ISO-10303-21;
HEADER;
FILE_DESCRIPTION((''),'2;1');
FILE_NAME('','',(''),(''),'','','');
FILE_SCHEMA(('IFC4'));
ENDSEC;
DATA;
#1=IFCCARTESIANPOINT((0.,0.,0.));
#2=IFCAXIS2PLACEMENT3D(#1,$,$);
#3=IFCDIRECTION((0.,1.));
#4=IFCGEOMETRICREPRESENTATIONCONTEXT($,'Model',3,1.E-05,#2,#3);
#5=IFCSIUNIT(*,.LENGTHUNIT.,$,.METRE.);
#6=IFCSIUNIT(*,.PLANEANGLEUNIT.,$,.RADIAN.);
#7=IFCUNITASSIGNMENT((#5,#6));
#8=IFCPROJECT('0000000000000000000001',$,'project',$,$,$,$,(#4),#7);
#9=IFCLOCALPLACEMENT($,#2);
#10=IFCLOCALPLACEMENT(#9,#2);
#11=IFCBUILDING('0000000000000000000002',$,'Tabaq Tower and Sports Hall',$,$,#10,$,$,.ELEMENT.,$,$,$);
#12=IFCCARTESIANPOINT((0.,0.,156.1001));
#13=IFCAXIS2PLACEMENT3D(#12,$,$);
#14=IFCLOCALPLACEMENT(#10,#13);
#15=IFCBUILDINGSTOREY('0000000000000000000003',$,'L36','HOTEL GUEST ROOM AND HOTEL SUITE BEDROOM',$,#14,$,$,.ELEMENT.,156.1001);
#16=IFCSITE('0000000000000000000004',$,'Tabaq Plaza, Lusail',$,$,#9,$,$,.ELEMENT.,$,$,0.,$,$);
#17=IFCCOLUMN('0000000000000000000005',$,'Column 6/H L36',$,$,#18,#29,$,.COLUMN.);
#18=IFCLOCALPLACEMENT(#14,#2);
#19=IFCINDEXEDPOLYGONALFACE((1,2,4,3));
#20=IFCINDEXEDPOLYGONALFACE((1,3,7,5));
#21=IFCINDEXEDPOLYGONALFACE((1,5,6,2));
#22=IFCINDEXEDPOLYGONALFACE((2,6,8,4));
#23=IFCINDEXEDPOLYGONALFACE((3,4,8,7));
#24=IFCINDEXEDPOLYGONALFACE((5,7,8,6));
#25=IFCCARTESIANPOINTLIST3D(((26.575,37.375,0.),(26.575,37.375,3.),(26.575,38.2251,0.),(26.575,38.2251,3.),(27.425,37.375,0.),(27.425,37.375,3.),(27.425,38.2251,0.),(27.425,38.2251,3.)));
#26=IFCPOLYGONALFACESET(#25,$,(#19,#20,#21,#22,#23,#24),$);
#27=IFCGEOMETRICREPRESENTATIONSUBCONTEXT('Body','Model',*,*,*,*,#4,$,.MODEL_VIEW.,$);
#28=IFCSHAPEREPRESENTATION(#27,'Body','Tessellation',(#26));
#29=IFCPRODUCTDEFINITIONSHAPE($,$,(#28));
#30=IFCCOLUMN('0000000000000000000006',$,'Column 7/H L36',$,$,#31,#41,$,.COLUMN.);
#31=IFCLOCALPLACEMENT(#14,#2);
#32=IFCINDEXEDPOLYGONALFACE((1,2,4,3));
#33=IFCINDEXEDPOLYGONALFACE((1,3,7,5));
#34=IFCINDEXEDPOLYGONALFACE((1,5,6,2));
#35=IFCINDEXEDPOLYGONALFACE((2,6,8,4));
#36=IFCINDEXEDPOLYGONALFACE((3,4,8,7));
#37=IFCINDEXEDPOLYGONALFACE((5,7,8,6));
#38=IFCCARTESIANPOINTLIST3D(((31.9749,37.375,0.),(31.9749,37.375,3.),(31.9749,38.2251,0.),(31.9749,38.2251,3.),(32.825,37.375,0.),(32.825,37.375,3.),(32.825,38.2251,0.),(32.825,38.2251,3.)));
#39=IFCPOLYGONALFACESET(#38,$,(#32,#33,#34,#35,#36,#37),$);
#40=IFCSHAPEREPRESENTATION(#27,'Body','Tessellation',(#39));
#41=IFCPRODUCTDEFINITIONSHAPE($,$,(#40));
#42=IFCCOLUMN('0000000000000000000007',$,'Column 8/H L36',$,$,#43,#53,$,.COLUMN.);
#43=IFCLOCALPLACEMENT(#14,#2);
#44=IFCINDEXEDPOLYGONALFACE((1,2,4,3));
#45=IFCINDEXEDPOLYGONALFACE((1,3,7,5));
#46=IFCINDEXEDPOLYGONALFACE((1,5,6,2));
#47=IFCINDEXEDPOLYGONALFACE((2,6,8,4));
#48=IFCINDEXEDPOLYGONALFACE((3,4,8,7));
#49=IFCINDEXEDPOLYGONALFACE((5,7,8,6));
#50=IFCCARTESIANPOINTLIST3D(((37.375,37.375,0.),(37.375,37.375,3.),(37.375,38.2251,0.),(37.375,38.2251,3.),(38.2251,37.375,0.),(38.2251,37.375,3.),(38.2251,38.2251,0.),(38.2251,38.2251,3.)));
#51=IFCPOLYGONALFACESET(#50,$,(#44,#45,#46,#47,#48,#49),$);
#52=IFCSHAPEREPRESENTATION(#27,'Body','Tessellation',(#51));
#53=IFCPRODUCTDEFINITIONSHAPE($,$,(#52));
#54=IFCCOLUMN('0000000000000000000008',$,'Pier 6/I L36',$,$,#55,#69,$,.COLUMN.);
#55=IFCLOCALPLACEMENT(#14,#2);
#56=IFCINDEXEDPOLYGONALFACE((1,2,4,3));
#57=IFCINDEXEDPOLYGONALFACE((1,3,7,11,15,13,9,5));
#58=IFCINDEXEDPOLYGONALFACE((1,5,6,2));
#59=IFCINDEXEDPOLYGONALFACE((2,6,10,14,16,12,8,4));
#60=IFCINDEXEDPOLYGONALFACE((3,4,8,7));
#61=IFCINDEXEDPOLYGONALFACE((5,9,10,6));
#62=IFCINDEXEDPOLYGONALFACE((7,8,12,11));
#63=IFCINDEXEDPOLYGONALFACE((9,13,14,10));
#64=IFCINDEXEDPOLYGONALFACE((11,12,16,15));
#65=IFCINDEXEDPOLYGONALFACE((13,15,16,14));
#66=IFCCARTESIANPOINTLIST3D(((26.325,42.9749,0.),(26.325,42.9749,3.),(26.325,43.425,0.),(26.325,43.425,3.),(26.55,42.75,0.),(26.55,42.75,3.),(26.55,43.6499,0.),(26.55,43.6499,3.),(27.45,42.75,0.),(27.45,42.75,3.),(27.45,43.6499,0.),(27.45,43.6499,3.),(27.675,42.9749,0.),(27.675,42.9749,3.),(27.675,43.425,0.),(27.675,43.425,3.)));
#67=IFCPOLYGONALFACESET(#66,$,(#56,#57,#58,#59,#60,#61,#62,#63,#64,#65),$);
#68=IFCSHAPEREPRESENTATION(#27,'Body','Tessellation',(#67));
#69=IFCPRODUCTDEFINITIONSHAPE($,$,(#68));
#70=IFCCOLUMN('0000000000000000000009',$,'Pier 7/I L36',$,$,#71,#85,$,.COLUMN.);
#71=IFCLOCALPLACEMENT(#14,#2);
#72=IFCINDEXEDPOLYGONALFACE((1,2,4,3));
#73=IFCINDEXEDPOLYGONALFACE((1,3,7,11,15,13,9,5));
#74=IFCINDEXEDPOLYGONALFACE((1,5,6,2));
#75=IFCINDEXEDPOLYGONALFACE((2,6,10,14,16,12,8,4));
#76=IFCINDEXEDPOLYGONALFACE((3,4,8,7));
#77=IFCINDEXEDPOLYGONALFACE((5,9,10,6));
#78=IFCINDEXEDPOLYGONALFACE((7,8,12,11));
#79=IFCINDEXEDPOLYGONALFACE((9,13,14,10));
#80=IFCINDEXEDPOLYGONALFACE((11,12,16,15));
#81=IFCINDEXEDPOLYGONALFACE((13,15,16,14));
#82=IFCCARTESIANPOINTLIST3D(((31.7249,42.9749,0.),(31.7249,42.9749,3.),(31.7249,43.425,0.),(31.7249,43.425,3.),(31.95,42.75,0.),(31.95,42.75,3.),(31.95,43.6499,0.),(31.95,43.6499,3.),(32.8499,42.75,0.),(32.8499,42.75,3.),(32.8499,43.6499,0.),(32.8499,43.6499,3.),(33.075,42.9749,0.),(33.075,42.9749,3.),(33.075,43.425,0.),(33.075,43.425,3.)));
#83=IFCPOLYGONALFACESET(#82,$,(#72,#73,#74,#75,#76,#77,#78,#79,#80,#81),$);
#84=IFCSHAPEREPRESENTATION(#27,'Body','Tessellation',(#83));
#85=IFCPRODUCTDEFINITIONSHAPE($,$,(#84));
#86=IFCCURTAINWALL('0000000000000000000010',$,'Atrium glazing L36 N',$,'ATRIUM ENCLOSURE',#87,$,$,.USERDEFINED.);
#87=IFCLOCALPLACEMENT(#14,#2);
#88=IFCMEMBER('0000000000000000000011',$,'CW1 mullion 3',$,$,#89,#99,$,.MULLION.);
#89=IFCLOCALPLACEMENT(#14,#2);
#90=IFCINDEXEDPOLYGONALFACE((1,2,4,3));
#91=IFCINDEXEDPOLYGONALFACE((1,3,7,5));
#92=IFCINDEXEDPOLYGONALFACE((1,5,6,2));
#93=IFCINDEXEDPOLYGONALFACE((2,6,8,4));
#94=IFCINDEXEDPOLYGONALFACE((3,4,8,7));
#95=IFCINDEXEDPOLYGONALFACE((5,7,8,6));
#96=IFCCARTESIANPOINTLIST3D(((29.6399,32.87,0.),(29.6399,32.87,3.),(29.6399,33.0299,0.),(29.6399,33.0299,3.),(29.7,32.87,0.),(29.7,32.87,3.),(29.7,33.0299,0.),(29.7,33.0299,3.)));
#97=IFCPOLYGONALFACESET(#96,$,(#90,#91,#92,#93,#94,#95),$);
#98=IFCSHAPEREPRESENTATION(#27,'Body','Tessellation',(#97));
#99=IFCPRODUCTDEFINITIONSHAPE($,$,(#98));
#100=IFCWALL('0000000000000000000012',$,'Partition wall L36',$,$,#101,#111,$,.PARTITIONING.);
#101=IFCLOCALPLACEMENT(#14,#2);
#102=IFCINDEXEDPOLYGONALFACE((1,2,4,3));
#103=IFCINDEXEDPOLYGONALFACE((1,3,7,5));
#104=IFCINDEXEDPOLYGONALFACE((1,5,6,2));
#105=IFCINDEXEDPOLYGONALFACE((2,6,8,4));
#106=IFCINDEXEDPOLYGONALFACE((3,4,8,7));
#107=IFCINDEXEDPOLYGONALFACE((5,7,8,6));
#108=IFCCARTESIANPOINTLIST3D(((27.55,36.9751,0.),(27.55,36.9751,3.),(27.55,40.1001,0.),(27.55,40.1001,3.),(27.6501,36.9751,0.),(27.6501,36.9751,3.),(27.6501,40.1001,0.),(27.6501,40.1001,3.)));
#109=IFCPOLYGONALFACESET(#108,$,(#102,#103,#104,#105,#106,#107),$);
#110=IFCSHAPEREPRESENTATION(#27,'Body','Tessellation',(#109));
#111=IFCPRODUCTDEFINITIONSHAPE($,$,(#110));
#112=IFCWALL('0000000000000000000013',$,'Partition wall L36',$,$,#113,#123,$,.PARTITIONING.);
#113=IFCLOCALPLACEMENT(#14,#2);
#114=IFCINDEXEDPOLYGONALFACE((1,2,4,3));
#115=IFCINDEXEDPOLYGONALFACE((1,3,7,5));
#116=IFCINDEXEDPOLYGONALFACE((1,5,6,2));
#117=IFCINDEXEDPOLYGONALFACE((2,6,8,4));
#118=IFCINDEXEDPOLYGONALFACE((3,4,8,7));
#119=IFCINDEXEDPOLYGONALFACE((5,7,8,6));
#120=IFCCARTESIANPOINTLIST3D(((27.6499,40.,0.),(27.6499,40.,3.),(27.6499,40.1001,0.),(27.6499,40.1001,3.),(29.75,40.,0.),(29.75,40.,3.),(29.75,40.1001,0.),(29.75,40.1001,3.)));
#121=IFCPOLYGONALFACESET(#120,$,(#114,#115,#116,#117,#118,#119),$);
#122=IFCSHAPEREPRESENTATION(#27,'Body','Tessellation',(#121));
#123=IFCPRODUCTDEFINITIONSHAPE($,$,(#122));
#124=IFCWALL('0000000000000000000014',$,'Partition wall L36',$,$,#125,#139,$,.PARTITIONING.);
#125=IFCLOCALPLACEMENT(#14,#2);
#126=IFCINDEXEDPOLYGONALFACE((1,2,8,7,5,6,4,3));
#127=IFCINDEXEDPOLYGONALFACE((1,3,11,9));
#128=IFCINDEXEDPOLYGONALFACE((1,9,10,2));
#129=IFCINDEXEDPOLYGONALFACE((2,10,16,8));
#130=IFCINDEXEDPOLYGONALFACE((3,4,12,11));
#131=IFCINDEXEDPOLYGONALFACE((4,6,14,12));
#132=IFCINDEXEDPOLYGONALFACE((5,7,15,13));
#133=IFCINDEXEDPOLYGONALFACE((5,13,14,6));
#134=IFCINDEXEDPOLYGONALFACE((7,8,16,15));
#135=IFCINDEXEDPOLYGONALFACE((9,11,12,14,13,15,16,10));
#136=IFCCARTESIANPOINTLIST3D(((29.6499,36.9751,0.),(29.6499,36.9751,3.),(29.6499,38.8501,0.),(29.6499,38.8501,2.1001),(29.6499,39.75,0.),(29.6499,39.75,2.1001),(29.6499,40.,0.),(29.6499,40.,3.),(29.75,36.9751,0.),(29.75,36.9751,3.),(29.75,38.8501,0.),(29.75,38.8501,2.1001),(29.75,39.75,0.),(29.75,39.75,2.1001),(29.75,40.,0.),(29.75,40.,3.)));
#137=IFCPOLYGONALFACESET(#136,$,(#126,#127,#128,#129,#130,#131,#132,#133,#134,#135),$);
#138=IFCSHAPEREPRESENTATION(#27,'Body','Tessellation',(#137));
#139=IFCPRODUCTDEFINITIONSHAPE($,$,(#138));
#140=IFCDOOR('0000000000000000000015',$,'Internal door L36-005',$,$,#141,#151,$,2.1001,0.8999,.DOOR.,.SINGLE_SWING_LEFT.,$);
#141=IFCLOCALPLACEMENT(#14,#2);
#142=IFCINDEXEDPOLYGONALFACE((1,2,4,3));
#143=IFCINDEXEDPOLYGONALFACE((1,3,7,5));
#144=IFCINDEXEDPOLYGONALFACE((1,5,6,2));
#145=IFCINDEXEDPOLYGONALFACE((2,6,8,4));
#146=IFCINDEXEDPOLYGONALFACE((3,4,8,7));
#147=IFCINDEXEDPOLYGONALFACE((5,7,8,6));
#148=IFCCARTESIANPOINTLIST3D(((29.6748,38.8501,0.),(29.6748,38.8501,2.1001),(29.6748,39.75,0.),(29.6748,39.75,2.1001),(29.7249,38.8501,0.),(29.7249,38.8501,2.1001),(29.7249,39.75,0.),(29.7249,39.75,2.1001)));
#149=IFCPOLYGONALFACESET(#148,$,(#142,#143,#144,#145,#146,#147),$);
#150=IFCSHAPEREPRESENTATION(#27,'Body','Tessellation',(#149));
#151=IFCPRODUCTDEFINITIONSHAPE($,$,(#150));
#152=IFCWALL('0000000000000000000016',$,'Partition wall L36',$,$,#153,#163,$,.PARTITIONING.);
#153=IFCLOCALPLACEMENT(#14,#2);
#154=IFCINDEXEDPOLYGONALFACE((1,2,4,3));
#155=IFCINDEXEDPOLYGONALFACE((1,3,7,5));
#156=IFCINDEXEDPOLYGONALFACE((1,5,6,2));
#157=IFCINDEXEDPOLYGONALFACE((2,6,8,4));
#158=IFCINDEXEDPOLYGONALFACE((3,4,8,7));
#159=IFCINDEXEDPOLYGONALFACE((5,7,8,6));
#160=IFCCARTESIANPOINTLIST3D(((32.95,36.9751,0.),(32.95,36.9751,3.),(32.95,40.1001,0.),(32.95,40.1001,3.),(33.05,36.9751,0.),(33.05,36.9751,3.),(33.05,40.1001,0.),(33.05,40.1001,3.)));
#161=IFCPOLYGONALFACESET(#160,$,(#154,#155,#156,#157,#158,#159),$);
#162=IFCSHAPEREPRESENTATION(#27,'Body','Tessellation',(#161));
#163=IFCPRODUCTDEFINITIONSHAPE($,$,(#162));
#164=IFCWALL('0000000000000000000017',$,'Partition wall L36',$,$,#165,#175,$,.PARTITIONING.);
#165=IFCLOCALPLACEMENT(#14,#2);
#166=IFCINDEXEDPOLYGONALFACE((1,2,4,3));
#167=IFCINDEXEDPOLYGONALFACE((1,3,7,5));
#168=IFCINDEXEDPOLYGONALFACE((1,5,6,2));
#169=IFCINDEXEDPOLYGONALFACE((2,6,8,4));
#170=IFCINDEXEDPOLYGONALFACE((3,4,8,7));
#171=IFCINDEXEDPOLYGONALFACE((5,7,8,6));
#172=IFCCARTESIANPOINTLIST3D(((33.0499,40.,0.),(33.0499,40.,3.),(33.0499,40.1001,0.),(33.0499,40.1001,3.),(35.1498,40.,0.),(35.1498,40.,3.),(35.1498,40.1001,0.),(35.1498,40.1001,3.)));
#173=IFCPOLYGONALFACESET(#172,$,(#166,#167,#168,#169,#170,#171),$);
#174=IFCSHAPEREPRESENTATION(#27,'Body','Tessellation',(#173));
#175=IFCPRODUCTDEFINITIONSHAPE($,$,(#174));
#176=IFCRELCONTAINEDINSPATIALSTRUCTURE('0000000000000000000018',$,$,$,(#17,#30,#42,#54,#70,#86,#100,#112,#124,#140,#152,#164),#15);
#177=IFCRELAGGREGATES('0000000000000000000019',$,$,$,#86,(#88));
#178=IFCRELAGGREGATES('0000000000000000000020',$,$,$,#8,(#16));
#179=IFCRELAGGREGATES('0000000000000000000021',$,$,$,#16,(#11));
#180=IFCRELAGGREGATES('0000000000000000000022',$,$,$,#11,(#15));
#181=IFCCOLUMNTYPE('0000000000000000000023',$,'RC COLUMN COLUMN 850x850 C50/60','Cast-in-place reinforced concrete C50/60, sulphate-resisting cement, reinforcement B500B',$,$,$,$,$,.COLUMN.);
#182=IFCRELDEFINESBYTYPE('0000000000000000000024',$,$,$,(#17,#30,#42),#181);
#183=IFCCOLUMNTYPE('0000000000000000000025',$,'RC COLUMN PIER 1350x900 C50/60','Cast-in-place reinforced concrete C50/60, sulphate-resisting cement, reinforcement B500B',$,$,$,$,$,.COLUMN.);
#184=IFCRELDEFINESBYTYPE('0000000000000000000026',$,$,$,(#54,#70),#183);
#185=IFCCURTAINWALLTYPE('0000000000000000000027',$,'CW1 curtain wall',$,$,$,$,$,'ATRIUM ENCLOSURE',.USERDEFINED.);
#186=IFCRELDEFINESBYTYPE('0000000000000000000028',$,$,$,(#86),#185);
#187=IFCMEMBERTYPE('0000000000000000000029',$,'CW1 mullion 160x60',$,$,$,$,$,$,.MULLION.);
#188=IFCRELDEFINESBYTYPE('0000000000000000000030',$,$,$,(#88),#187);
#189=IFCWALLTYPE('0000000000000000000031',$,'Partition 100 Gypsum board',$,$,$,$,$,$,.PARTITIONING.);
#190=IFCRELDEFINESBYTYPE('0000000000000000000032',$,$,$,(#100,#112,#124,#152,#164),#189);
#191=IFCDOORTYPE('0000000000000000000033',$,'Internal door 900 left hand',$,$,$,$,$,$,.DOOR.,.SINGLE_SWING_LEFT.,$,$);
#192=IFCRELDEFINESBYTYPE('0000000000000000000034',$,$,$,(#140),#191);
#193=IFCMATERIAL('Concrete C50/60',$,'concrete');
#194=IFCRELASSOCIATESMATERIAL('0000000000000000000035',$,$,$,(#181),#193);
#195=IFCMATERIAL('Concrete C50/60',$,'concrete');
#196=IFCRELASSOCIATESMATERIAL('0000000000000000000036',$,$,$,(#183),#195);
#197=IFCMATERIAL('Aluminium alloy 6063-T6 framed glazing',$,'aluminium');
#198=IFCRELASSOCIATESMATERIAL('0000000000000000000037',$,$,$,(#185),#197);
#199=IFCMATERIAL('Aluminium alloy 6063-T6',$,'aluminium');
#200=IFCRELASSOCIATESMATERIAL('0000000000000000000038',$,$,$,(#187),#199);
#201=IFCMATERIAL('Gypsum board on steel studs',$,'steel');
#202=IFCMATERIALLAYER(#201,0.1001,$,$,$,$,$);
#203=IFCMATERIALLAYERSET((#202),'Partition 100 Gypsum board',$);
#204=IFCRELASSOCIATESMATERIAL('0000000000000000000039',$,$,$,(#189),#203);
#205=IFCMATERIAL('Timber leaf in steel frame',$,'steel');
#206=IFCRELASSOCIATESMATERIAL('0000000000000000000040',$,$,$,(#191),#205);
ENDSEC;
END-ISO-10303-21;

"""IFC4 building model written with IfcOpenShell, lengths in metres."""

from ifc_helpers import new_model, si_unit, direction, frame, frame_2d, origin, origin_2d, place, context, subcontext, project, spatial, polyline, rectangle, outline, extrude, material, layer, layer_set, material_profile, profile_set, type_object, element, fill, aggregate, save


model = new_model("IFC4")

# Units and contexts
model_context = context("Model", 3, precision=1e-05, world=origin(), true_north=direction((0.0, 1.0)))
body_context = subcontext(model_context, "Body", "Model", "MODEL_VIEW")
ifc_project = project(units=[si_unit("LENGTHUNIT", "METRE"), si_unit("PLANEANGLEUNIT", "RADIAN")], contexts=[model_context])

# Site, building, storey
site_placement = place(None, origin())
site = spatial("IfcSite", under=ifc_project, at=site_placement, Name="Tabaq Plaza, Lusail", CompositionType="ELEMENT", RefElevation=0.0)
building_placement = place(site_placement, origin())
building = spatial("IfcBuilding", under=site, at=building_placement, Name="Tabaq Tower and Sports Hall", CompositionType="ELEMENT")
storey_placement = place(building_placement, frame((0.0, 0.0, 156.1001)))
storey = spatial("IfcBuildingStorey", under=building, at=storey_placement, Name="L36", Description="HOTEL GUEST ROOM AND HOTEL SUITE BEDROOM", CompositionType="ELEMENT", Elevation=156.1001)

# Columns
ifc_material_1 = material(Name="Concrete C50/60", Category="concrete")
ifc_material_profile_1 = material_profile(ifc_material_1, rectangle(XDim=0.8501, YDim=0.8501, at=origin_2d()), Name="COLUMN 850x850")
ifc_profile_set_1 = profile_set([ifc_material_profile_1], Name="Concrete C50/60")
column_type_1 = type_object("IfcColumnType", Name="RC COLUMN COLUMN 850x850 C50/60", Description="Cast-in-place reinforced concrete C50/60, sulphate-resisting cement, reinforcement B500B", PredefinedType="COLUMN", material=ifc_profile_set_1)
for number, where, z_axis, x_axis, name in (
    (1, (27.0, 37.8, 0.0), (0.0, 0.0, 1.0), (1.0, 0.0, 0.0), "Column 6/H L36"),
    (2, (32.3999, 37.8, 0.0), (0.0, 0.0, 1.0), (1.0, 0.0, 0.0), "Column 7/H L36"),
    (3, (37.8, 37.8, 0.0), (0.0, 0.0, 1.0), (1.0, 0.0, 0.0), "Column 8/H L36"),
):
    element("IfcColumn", number, at=place(storey_placement, frame(where, z_axis=z_axis, x_axis=x_axis)), inside=storey, type_object=column_type_1, Name=name, PredefinedType="COLUMN", context=body_context, shape_type="SweptSolid", body=[
        extrude(rectangle(XDim=0.8501, YDim=0.8501, at=origin_2d()), origin(), (0.0, 0.0, 1.0), 3.0),
    ])
ifc_material_2 = material(Name="Concrete C50/60", Category="concrete")
ifc_material_profile_2 = material_profile(ifc_material_2, outline(polyline([(-0.45, -0.45), (0.45, -0.45), (0.675, -0.2251), (0.675, 0.2251), (0.45, 0.45), (-0.45, 0.45), (-0.675, 0.2251), (-0.675, -0.2251), (-0.45, -0.45)])), Name="PIER 1350x900")
ifc_profile_set_2 = profile_set([ifc_material_profile_2], Name="Concrete C50/60")
column_type_2 = type_object("IfcColumnType", Name="RC COLUMN PIER 1350x900 C50/60", Description="Cast-in-place reinforced concrete C50/60, sulphate-resisting cement, reinforcement B500B", PredefinedType="COLUMN", material=ifc_profile_set_2)
for number, where, z_axis, x_axis, name in (
    (4, (27.0, 43.2, 0.0), (0.0, 0.0, 1.0), (1.0, 0.0, 0.0), "Pier 6/I L36"),
    (5, (32.3999, 43.2, 0.0), (0.0, 0.0, 1.0), (1.0, 0.0, 0.0), "Pier 7/I L36"),
):
    element("IfcColumn", number, at=place(storey_placement, frame(where, z_axis=z_axis, x_axis=x_axis)), inside=storey, type_object=column_type_2, Name=name, PredefinedType="COLUMN", context=body_context, shape_type="SweptSolid", body=[
        extrude(outline(polyline([(-0.45, -0.45), (0.45, -0.45), (0.675, -0.2251), (0.675, 0.2251), (0.45, 0.45), (-0.45, 0.45), (-0.675, 0.2251), (-0.675, -0.2251), (-0.45, -0.45)])), origin(), (0.0, 0.0, 1.0), 3.0),
    ])

# Curtain wall, member
ifc_material_3 = material(Name="Aluminium alloy 6063-T6 framed glazing", Category="aluminium")
curtain_wall_type = type_object("IfcCurtainWallType", Name="CW1 curtain wall", ElementType="ATRIUM ENCLOSURE", PredefinedType="USERDEFINED", material=ifc_material_3)
curtain_wall_placement = place(storey_placement, origin())
curtain_wall = element("IfcCurtainWall", 6, at=curtain_wall_placement, inside=storey, type_object=curtain_wall_type, Name="Atrium glazing L36 N", ObjectType="ATRIUM ENCLOSURE", PredefinedType="USERDEFINED")
ifc_material_4 = material(Name="Aluminium alloy 6063-T6", Category="aluminium")
ifc_material_profile_3 = material_profile(ifc_material_4, rectangle(XDim=0.1599, YDim=0.0601, at=origin_2d()), Name="MULLION 160x60")
ifc_profile_set_3 = profile_set([ifc_material_profile_3], Name="Aluminium alloy 6063-T6")
member_type = type_object("IfcMemberType", Name="CW1 mullion 160x60", PredefinedType="MULLION", material=ifc_profile_set_3)
member_placement = place(storey_placement, frame((29.6699, 32.95, 0.0), z_axis=(0.0, 0.0, 1.0), x_axis=(0.0, 1.0, 0.0)))
member = element("IfcMember", 7, at=member_placement, type_object=member_type, Name="CW1 mullion 3", PredefinedType="MULLION", context=body_context, shape_type="SweptSolid", body=[
    extrude(rectangle(XDim=0.1599, YDim=0.0601, at=origin_2d()), origin(), (0.0, 0.0, 1.0), 3.0),
])
aggregate(curtain_wall, [member])

# Walls
ifc_material_5 = material(Name="Gypsum board on steel studs", Category="steel")
ifc_layer_1 = layer(ifc_material_5, 0.1001)
ifc_layer_set_1 = layer_set([ifc_layer_1], Name="Partition 100 Gypsum board")
wall_type_1 = type_object("IfcWallType", Name="Partition 100 Gypsum board", PredefinedType="PARTITIONING", material=ifc_layer_set_1)
wall_1_placement = place(storey_placement, frame((27.6001, 36.9751, 0.0), z_axis=(0.0, 0.0, 1.0), x_axis=(0.0, 1.0, 0.0)))
element("IfcWall", 8, at=wall_1_placement, inside=storey, type_object=wall_type_1, Name="Partition wall L36", PredefinedType="PARTITIONING", context=body_context, shape_type="SweptSolid", body=[
    extrude(rectangle(XDim=3.125, YDim=0.1001, at=frame_2d((1.5625, 0.0))), origin(), (0.0, 0.0, 1.0), 3.0),
])
wall_2_placement = place(storey_placement, frame((27.6499, 40.05, 0.0), z_axis=(0.0, 0.0, 1.0), x_axis=(1.0, 0.0, 0.0)))
element("IfcWall", 9, at=wall_2_placement, inside=storey, type_object=wall_type_1, Name="Partition wall L36", PredefinedType="PARTITIONING", context=body_context, shape_type="SweptSolid", body=[
    extrude(rectangle(XDim=2.1001, YDim=0.1001, at=frame_2d((1.05, 0.0))), origin(), (0.0, 0.0, 1.0), 3.0),
])

# Wall, opening, door
wall_3_placement = place(storey_placement, frame((29.7, 40.0, 0.0), z_axis=(0.0, 0.0, 1.0), x_axis=(0.0, -1.0, 0.0)))
wall_3 = element("IfcWall", 10, at=wall_3_placement, inside=storey, type_object=wall_type_1, Name="Partition wall L36", PredefinedType="PARTITIONING", context=body_context, shape_type="SweptSolid", body=[
    extrude(rectangle(XDim=3.0249, YDim=0.1001, at=frame_2d((1.5125, 0.0))), origin(), (0.0, 0.0, 1.0), 3.0),
])
opening_1_placement = place(wall_3_placement, frame((0.25, 0.0, 0.0)))
opening_1 = element("IfcOpeningElement", 11, at=opening_1_placement, cuts=wall_3, PredefinedType="OPENING", context=body_context, shape_type="SweptSolid", body=[
    extrude(rectangle(XDim=0.8999, YDim=2.1001, at=frame_2d((0.45, 1.05))), frame((0.0, 0.05, 0.0), z_axis=(0.0, -1.0, 0.0), x_axis=(1.0, 0.0, 0.0)), (0.0, 0.0, 1.0), 0.1001),
])
ifc_material_6 = material(Name="Timber leaf in steel frame", Category="steel")
door_type_1 = type_object("IfcDoorType", Name="Internal door 900 left hand", OperationType="SINGLE_SWING_LEFT", PredefinedType="DOOR", material=ifc_material_6)
door_1_placement = place(opening_1_placement, origin())
door_1 = element("IfcDoor", 12, at=door_1_placement, inside=storey, type_object=door_type_1, Name="Internal door L36-005", OperationType="SINGLE_SWING_LEFT", OverallHeight=2.1001, OverallWidth=0.8999, PredefinedType="DOOR", context=body_context, shape_type="SweptSolid", body=[
    extrude(rectangle(XDim=0.8999, YDim=2.1001, at=frame_2d((0.45, 1.05))), frame((0.0, 0.0249, 0.0), z_axis=(0.0, -1.0, 0.0), x_axis=(1.0, 0.0, 0.0)), (0.0, 0.0, 1.0), 0.05),
])
fill(opening_1, door_1)

# Walls
wall_4_placement = place(storey_placement, frame((33.0, 36.9751, 0.0), z_axis=(0.0, 0.0, 1.0), x_axis=(0.0, 1.0, 0.0)))
element("IfcWall", 13, at=wall_4_placement, inside=storey, type_object=wall_type_1, Name="Partition wall L36", PredefinedType="PARTITIONING", context=body_context, shape_type="SweptSolid", body=[
    extrude(rectangle(XDim=3.125, YDim=0.1001, at=frame_2d((1.5625, 0.0))), origin(), (0.0, 0.0, 1.0), 3.0),
])
wall_5_placement = place(storey_placement, frame((33.05, 40.05, 0.0), z_axis=(0.0, 0.0, 1.0), x_axis=(1.0, 0.0, 0.0)))
element("IfcWall", 14, at=wall_5_placement, inside=storey, type_object=wall_type_1, Name="Partition wall L36", PredefinedType="PARTITIONING", context=body_context, shape_type="SweptSolid", body=[
    extrude(rectangle(XDim=2.0999, YDim=0.1001, at=frame_2d((1.0498, 0.0))), origin(), (0.0, 0.0, 1.0), 3.0),
])

save(model, "model.ifc")
